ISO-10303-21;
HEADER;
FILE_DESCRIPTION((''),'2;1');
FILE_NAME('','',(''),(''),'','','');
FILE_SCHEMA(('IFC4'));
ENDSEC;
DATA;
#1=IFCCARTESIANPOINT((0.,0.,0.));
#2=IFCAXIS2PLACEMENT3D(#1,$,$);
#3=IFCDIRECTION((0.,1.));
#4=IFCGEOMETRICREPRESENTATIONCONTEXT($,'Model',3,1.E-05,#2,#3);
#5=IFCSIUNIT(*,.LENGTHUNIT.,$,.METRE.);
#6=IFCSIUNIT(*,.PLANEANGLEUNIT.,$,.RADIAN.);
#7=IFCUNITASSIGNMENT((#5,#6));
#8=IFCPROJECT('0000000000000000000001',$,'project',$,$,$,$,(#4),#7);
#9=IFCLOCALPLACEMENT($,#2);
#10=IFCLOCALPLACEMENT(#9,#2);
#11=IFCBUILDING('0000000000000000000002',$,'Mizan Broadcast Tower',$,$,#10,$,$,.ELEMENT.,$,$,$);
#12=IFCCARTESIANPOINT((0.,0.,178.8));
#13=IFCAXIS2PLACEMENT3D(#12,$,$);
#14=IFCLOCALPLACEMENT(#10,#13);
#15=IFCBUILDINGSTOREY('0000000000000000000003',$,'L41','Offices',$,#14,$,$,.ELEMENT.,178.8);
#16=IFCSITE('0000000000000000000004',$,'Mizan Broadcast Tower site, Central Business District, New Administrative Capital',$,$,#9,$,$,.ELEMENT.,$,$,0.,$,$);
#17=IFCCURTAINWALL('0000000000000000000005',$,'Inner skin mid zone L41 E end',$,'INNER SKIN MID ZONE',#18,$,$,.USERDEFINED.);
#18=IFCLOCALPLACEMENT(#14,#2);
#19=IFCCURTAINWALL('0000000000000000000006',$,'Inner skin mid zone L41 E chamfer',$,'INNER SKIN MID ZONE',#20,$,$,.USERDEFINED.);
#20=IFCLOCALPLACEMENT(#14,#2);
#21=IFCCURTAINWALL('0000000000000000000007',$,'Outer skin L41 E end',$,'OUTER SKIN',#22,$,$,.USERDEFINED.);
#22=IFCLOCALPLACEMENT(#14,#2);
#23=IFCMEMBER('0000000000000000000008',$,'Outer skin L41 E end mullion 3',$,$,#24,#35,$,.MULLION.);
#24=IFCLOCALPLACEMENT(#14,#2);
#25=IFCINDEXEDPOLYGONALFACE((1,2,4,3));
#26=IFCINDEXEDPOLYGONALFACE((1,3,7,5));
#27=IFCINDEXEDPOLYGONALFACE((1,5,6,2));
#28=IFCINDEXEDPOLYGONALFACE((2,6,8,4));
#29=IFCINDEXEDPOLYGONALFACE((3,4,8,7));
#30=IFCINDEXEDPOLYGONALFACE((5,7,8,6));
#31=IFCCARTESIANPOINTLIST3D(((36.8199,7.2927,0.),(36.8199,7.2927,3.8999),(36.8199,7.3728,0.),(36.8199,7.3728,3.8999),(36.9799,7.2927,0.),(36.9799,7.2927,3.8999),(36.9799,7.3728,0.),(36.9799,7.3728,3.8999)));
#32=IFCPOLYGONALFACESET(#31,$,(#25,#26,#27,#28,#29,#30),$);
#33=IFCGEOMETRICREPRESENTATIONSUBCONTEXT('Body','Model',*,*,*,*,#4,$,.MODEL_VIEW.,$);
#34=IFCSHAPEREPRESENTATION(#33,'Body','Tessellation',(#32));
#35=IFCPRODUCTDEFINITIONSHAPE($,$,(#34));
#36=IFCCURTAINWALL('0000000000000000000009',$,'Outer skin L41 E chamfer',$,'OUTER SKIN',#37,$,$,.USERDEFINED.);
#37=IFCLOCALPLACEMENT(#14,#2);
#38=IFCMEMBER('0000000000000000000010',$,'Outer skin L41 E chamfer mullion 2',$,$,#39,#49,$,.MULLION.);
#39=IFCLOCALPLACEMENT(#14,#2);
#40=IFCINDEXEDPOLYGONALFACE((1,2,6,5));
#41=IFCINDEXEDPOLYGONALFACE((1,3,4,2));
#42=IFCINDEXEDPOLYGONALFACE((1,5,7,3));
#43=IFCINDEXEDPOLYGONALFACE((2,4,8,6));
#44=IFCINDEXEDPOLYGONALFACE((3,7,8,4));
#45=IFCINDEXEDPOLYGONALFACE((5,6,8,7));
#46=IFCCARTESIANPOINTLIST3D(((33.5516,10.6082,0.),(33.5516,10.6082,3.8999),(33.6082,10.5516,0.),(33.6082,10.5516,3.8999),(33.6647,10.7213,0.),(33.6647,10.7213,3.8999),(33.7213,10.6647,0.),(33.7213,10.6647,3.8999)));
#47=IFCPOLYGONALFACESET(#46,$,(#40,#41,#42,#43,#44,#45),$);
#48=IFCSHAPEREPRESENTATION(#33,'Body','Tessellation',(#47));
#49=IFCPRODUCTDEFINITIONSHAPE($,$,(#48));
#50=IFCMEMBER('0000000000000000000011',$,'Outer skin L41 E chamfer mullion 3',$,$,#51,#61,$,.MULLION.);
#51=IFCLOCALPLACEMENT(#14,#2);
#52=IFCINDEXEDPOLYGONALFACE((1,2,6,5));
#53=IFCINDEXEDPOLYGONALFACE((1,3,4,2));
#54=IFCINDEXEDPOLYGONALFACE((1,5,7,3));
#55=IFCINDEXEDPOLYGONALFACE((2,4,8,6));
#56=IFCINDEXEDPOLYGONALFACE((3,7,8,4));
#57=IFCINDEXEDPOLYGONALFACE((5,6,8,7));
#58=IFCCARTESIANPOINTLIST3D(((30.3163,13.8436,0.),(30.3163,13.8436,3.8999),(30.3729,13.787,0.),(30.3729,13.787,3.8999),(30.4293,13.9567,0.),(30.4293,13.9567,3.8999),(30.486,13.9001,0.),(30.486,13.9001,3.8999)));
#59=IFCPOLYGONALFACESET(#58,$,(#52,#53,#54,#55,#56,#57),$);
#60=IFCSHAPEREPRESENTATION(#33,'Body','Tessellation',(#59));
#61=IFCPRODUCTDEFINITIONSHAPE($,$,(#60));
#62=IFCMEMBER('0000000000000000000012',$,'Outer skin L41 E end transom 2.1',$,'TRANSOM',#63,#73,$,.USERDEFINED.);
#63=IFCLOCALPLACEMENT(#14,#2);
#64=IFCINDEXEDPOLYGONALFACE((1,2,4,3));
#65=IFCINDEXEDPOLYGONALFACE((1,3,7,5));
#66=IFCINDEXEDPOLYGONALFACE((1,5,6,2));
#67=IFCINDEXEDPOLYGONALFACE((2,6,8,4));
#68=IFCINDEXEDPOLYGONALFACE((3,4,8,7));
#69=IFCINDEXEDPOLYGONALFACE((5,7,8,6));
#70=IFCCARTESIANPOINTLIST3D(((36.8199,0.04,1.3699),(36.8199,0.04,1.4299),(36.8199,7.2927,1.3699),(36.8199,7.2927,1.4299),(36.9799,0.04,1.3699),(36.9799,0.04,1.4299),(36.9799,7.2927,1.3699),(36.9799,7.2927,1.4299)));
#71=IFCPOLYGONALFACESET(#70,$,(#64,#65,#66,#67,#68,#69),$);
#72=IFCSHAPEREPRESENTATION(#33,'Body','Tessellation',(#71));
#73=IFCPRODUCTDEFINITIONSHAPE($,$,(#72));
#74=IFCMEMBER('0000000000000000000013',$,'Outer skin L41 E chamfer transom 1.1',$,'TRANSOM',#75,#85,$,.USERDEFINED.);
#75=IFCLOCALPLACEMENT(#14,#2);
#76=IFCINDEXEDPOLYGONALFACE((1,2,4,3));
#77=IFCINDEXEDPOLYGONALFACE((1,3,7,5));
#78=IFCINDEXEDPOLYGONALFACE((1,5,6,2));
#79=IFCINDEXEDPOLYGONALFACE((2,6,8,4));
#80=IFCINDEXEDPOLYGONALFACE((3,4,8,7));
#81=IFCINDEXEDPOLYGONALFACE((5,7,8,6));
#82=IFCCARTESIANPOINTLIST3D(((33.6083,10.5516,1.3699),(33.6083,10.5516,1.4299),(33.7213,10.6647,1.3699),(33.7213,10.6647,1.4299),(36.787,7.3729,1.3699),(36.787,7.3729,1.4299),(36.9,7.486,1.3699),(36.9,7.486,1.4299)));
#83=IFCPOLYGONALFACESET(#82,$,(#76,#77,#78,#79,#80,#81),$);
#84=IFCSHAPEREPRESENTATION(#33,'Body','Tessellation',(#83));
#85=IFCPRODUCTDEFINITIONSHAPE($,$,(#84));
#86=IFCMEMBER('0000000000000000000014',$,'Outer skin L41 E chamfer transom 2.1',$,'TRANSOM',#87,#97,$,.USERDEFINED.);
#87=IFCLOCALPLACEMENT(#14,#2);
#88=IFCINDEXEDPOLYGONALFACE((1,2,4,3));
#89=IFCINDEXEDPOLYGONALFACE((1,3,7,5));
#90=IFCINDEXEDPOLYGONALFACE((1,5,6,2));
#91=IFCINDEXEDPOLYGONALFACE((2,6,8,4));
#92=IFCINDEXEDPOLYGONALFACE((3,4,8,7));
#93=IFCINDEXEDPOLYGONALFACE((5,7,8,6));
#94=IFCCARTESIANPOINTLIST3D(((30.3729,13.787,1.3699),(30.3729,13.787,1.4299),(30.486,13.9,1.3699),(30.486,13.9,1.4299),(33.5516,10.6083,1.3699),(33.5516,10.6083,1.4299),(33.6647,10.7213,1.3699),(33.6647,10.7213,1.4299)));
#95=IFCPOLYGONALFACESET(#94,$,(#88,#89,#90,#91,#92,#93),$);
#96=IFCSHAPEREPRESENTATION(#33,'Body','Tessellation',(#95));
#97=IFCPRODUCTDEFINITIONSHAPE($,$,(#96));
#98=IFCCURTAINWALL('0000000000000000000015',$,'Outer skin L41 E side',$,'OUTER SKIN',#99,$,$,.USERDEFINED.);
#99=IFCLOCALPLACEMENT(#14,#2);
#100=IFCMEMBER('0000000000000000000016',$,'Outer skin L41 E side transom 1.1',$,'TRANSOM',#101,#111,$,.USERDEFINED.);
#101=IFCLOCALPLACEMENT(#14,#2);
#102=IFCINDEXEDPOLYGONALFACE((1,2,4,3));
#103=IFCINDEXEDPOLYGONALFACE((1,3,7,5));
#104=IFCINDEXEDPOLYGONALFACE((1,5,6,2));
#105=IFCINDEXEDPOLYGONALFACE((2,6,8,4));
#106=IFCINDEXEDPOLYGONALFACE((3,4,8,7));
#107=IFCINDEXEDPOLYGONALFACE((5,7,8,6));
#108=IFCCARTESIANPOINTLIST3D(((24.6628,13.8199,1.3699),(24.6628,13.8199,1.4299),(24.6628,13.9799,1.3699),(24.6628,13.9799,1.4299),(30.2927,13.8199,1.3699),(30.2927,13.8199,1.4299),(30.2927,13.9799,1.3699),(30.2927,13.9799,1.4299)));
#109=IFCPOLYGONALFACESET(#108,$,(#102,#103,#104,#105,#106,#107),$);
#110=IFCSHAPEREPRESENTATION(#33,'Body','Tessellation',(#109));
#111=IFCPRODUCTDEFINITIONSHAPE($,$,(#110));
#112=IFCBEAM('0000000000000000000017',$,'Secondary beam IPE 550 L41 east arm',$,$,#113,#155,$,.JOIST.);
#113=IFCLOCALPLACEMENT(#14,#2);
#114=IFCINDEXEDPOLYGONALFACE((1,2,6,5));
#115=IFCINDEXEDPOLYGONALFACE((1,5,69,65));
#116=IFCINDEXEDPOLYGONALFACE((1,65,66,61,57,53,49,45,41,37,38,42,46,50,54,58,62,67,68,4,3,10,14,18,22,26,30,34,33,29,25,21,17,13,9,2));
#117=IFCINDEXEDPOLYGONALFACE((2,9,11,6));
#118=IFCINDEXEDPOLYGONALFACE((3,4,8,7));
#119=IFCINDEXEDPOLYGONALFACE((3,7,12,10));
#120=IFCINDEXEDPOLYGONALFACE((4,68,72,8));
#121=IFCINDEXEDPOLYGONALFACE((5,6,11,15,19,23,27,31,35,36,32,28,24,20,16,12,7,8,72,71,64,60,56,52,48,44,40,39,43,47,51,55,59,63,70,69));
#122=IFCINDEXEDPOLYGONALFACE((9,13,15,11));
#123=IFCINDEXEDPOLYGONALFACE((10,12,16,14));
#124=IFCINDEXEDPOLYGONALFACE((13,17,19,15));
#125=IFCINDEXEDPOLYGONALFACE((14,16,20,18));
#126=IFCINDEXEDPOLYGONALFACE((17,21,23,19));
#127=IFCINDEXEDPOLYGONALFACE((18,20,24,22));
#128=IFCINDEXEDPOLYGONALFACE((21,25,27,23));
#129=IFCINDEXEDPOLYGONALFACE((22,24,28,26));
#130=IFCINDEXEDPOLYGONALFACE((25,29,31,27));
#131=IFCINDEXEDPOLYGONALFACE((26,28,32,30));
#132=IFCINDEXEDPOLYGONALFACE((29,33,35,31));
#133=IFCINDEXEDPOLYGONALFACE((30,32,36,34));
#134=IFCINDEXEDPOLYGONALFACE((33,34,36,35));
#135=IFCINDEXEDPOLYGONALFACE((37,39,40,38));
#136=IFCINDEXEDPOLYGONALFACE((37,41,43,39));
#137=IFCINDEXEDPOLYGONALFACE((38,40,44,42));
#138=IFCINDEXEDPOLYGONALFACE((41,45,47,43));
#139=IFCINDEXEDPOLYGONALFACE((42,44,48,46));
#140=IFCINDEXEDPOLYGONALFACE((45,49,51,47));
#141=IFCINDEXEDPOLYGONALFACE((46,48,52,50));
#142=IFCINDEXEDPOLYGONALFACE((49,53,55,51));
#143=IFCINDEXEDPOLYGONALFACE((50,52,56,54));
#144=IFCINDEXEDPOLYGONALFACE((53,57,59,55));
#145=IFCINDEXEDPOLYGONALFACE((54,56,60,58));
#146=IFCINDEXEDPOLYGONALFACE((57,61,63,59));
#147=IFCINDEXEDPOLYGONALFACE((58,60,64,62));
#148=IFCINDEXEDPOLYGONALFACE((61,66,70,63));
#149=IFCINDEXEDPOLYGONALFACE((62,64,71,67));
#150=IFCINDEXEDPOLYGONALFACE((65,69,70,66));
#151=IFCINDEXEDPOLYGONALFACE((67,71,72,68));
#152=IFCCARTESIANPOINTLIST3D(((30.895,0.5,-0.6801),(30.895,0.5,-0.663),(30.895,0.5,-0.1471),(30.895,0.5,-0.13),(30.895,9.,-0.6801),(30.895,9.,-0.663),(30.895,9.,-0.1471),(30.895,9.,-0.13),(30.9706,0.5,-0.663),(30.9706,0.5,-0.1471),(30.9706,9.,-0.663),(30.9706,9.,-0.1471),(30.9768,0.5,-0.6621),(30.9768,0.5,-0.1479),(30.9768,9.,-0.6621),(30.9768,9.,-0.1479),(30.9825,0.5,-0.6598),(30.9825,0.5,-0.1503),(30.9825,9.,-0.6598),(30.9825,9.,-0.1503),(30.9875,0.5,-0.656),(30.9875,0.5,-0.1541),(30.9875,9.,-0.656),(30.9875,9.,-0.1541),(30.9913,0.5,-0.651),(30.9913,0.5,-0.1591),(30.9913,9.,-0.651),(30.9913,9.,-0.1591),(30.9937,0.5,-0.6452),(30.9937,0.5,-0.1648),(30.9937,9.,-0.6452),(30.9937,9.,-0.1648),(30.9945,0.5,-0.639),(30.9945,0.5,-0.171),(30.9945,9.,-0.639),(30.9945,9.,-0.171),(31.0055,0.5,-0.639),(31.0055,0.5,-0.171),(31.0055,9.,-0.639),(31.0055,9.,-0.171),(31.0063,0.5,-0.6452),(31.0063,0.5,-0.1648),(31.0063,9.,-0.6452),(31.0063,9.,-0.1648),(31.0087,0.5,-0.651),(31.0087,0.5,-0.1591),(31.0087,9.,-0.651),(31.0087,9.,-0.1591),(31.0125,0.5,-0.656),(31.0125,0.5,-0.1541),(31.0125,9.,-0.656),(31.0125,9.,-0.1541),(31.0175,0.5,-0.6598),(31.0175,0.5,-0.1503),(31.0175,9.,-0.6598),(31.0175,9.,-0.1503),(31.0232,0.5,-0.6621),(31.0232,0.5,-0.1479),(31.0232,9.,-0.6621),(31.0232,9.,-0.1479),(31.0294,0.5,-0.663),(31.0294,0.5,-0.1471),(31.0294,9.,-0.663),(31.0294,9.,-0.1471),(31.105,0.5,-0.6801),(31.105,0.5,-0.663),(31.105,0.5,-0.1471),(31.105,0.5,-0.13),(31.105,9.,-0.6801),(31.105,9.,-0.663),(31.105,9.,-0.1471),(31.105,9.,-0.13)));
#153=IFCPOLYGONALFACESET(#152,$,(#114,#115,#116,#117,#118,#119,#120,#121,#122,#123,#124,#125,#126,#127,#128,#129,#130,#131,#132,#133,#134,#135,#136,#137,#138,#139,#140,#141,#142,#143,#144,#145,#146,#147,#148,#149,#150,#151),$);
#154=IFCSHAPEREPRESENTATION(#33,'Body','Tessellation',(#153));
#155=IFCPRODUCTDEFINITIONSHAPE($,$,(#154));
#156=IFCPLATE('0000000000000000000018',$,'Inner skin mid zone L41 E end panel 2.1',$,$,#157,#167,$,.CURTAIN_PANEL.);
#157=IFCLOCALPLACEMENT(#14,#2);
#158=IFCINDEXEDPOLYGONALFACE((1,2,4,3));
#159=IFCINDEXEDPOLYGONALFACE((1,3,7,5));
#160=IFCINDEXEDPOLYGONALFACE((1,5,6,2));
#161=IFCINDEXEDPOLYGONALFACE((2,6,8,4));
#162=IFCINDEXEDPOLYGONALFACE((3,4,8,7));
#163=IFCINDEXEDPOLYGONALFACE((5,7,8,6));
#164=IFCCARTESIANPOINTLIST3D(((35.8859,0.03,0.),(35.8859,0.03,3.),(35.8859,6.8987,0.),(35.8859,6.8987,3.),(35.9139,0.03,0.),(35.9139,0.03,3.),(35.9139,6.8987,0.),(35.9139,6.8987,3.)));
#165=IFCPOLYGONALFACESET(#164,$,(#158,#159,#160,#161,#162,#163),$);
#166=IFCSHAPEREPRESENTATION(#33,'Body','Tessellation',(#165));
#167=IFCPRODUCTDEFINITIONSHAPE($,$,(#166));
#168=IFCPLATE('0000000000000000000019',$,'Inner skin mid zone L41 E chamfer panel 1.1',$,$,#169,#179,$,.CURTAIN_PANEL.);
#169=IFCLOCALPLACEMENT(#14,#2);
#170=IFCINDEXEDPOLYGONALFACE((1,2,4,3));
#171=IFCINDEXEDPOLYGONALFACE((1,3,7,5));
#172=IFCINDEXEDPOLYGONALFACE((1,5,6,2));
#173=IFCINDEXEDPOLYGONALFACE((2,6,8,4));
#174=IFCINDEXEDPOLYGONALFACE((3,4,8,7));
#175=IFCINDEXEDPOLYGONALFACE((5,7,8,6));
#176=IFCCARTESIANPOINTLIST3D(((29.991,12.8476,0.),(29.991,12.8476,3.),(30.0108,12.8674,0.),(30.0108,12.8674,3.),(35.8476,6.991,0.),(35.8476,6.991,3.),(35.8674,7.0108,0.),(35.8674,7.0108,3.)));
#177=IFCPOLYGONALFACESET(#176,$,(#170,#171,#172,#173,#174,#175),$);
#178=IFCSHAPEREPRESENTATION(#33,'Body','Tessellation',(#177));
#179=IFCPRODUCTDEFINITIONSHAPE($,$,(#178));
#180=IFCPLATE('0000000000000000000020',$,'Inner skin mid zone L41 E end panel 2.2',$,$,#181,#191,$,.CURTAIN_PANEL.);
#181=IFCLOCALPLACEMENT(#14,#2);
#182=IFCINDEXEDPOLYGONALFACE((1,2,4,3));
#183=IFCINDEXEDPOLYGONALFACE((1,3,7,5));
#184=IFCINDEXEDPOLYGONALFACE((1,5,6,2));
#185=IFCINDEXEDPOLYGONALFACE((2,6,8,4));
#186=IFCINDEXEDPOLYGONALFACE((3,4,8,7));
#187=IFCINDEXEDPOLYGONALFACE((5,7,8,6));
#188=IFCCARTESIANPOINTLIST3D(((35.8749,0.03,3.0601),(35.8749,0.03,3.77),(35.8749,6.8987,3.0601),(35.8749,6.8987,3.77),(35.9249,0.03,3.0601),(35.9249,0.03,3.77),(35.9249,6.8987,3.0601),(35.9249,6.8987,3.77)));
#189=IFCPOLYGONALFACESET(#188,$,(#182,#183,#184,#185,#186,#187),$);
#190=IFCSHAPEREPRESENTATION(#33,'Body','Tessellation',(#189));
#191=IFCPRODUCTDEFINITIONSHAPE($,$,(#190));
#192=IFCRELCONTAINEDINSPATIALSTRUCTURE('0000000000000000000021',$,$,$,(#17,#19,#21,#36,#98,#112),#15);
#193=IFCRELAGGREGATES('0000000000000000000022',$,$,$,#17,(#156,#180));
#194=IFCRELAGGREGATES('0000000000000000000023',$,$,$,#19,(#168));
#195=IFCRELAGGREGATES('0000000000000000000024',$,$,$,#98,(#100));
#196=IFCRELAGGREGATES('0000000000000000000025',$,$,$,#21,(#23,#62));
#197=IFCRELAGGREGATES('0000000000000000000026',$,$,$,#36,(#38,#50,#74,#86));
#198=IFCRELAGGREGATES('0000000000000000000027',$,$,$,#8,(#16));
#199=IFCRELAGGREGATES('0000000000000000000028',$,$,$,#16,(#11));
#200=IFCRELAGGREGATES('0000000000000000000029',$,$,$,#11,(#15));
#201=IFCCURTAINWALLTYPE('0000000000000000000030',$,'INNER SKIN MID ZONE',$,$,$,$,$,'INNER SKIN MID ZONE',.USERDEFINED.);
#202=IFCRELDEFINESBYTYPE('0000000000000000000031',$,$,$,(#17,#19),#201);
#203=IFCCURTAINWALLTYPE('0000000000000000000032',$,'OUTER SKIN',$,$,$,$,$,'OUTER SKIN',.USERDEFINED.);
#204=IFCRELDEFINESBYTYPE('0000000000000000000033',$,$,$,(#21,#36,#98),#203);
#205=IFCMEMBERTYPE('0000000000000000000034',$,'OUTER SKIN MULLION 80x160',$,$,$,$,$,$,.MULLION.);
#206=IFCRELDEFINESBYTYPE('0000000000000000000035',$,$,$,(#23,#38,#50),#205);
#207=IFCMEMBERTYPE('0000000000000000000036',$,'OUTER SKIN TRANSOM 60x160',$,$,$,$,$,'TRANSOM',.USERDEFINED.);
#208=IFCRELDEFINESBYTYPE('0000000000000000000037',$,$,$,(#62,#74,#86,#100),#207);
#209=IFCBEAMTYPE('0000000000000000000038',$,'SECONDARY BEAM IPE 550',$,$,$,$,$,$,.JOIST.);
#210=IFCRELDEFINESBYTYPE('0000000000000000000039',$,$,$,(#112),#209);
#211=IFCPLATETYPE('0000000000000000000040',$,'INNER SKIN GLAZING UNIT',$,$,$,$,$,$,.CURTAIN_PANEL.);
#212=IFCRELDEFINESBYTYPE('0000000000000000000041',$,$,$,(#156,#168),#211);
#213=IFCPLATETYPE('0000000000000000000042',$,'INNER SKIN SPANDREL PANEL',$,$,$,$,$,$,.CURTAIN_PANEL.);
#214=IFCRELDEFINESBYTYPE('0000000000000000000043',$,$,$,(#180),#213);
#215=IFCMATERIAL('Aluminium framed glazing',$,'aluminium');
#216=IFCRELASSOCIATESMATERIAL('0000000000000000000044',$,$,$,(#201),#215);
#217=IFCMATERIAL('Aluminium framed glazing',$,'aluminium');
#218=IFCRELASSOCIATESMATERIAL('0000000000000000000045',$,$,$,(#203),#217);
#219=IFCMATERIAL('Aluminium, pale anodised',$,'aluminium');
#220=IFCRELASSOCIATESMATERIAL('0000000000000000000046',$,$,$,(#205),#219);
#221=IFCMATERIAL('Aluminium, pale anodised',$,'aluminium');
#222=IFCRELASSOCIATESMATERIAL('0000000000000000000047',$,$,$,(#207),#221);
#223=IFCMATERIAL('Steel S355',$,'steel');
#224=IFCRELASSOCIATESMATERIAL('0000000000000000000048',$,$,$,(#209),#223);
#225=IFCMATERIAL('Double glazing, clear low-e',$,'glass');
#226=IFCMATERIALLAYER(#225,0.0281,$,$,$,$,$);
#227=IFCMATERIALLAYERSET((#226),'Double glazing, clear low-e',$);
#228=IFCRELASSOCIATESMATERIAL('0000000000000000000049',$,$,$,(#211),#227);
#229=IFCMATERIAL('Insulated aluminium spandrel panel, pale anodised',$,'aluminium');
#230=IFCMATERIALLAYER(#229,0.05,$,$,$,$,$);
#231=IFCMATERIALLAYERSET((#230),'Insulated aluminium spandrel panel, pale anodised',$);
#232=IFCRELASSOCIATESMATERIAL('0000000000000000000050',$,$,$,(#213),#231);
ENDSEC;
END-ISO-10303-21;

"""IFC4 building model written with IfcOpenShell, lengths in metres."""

from ifc_helpers import new_model, si_unit, direction, frame, origin, origin_2d, place, context, subcontext, project, spatial, rectangle, i_section, extrude, material, layer, layer_set, material_profile, profile_set, type_object, element, aggregate, save


model = new_model("IFC4")

# Units and contexts
model_context = context("Model", 3, precision=1e-05, world=origin(), true_north=direction((0.0, 1.0)))
body_context = subcontext(model_context, "Body", "Model", "MODEL_VIEW")
ifc_project = project(units=[si_unit("LENGTHUNIT", "METRE"), si_unit("PLANEANGLEUNIT", "RADIAN")], contexts=[model_context])

# Site, building, storey
site_placement = place(None, origin())
site = spatial("IfcSite", under=ifc_project, at=site_placement, Name="Mizan Broadcast Tower site, Central Business District, New Administrative Capital", CompositionType="ELEMENT", RefElevation=0.0)
building_placement = place(site_placement, origin())
building = spatial("IfcBuilding", under=site, at=building_placement, Name="Mizan Broadcast Tower", CompositionType="ELEMENT")
storey_placement = place(building_placement, frame((0.0, 0.0, 178.8)))
storey = spatial("IfcBuildingStorey", under=building, at=storey_placement, Name="L41", Description="Offices", CompositionType="ELEMENT", Elevation=178.8)

# Curtain wall
ifc_material_1 = material(Name="Aluminium framed glazing", Category="aluminium")
curtain_wall_type_1 = type_object("IfcCurtainWallType", Name="INNER SKIN MID ZONE", ElementType="INNER SKIN MID ZONE", PredefinedType="USERDEFINED", material=ifc_material_1)
curtain_wall_1_placement = place(storey_placement, origin())
curtain_wall_1 = element("IfcCurtainWall", 1, at=curtain_wall_1_placement, inside=storey, type_object=curtain_wall_type_1, Name="Inner skin mid zone L41 E end", ObjectType="INNER SKIN MID ZONE", PredefinedType="USERDEFINED")

# Curtain wall
curtain_wall_2_placement = place(storey_placement, origin())
curtain_wall_2 = element("IfcCurtainWall", 2, at=curtain_wall_2_placement, inside=storey, type_object=curtain_wall_type_1, Name="Inner skin mid zone L41 E chamfer", ObjectType="INNER SKIN MID ZONE", PredefinedType="USERDEFINED")

# Curtain walls, members
ifc_material_2 = material(Name="Aluminium framed glazing", Category="aluminium")
curtain_wall_type_2 = type_object("IfcCurtainWallType", Name="OUTER SKIN", ElementType="OUTER SKIN", PredefinedType="USERDEFINED", material=ifc_material_2)
curtain_wall_3_placement = place(storey_placement, origin())
curtain_wall_3 = element("IfcCurtainWall", 3, at=curtain_wall_3_placement, inside=storey, type_object=curtain_wall_type_2, Name="Outer skin L41 E end", ObjectType="OUTER SKIN", PredefinedType="USERDEFINED")
ifc_material_3 = material(Name="Aluminium, pale anodised", Category="aluminium")
ifc_material_profile_1 = material_profile(ifc_material_3, rectangle(XDim=0.1599, YDim=0.0801, at=origin_2d()), Name="MULLION 160x80")
ifc_profile_set_1 = profile_set([ifc_material_profile_1], Name="Aluminium, pale anodised")
member_type_1 = type_object("IfcMemberType", Name="OUTER SKIN MULLION 80x160", PredefinedType="MULLION", material=ifc_profile_set_1)
member_1_placement = place(storey_placement, frame((36.8999, 7.3328, 0.0), z_axis=(0.0, 0.0, 1.0), x_axis=(-1.0, 0.0, 0.0)))
member_1 = element("IfcMember", 4, at=member_1_placement, type_object=member_type_1, Name="Outer skin L41 E end mullion 3", PredefinedType="MULLION", context=body_context, shape_type="SweptSolid", body=[
    extrude(rectangle(XDim=0.1599, YDim=0.0801, at=origin_2d()), origin(), (0.0, 0.0, 1.0), 3.8999),
])
curtain_wall_4_placement = place(storey_placement, origin())
curtain_wall_4 = element("IfcCurtainWall", 5, at=curtain_wall_4_placement, inside=storey, type_object=curtain_wall_type_2, Name="Outer skin L41 E chamfer", ObjectType="OUTER SKIN", PredefinedType="USERDEFINED")
member_2_placement = place(storey_placement, frame((33.6365, 10.6365, 0.0), z_axis=(0.0, 0.0, 1.0), x_axis=(-0.707107, -0.707107, 0.0)))
member_2 = element("IfcMember", 6, at=member_2_placement, type_object=member_type_1, Name="Outer skin L41 E chamfer mullion 2", PredefinedType="MULLION", context=body_context, shape_type="SweptSolid", body=[
    extrude(rectangle(XDim=0.1599, YDim=0.0801, at=origin_2d()), origin(), (0.0, 0.0, 1.0), 3.8999),
])
member_3_placement = place(storey_placement, frame((30.4011, 13.8718, 0.0), z_axis=(0.0, 0.0, 1.0), x_axis=(-0.707107, -0.707107, 0.0)))
member_3 = element("IfcMember", 7, at=member_3_placement, type_object=member_type_1, Name="Outer skin L41 E chamfer mullion 3", PredefinedType="MULLION", context=body_context, shape_type="SweptSolid", body=[
    extrude(rectangle(XDim=0.1599, YDim=0.0801, at=origin_2d()), origin(), (0.0, 0.0, 1.0), 3.8999),
])

# Members
ifc_material_4 = material(Name="Aluminium, pale anodised", Category="aluminium")
ifc_material_profile_2 = material_profile(ifc_material_4, rectangle(XDim=0.1599, YDim=0.0601, at=origin_2d()), Name="TRANSOM 160x60")
ifc_profile_set_2 = profile_set([ifc_material_profile_2], Name="Aluminium, pale anodised")
member_type_2 = type_object("IfcMemberType", Name="OUTER SKIN TRANSOM 60x160", ElementType="TRANSOM", PredefinedType="USERDEFINED", material=ifc_profile_set_2)
member_4_placement = place(storey_placement, frame((36.8999, 0.04, 1.3999), z_axis=(0.0, 1.0, 0.0), x_axis=(-1.0, 0.0, 0.0)))
member_4 = element("IfcMember", 8, at=member_4_placement, type_object=member_type_2, Name="Outer skin L41 E end transom 2.1", ObjectType="TRANSOM", PredefinedType="USERDEFINED", context=body_context, shape_type="SweptSolid", body=[
    extrude(rectangle(XDim=0.1599, YDim=0.0601, at=origin_2d()), origin(), (0.0, 0.0, 1.0), 7.2527),
])
member_5_placement = place(storey_placement, frame((36.8435, 7.4294, 1.3999), z_axis=(-0.707107, 0.707107, 0.0), x_axis=(-0.707107, -0.707107, 0.0)))
member_5 = element("IfcMember", 9, at=member_5_placement, type_object=member_type_2, Name="Outer skin L41 E chamfer transom 1.1", ObjectType="TRANSOM", PredefinedType="USERDEFINED", context=body_context, shape_type="SweptSolid", body=[
    extrude(rectangle(XDim=0.1599, YDim=0.0601, at=origin_2d()), origin(), (0.0, 0.0, 1.0), 4.4954),
])
member_6_placement = place(storey_placement, frame((33.6082, 10.6648, 1.3999), z_axis=(-0.707107, 0.707107, 0.0), x_axis=(-0.707107, -0.707107, 0.0)))
member_6 = element("IfcMember", 10, at=member_6_placement, type_object=member_type_2, Name="Outer skin L41 E chamfer transom 2.1", ObjectType="TRANSOM", PredefinedType="USERDEFINED", context=body_context, shape_type="SweptSolid", body=[
    extrude(rectangle(XDim=0.1599, YDim=0.0601, at=origin_2d()), origin(), (0.0, 0.0, 1.0), 4.4954),
])

# Curtain wall, member
curtain_wall_5_placement = place(storey_placement, origin())
curtain_wall_5 = element("IfcCurtainWall", 11, at=curtain_wall_5_placement, inside=storey, type_object=curtain_wall_type_2, Name="Outer skin L41 E side", ObjectType="OUTER SKIN", PredefinedType="USERDEFINED")
member_7_placement = place(storey_placement, frame((30.2927, 13.8999, 1.3999), z_axis=(-1.0, 0.0, 0.0), x_axis=(0.0, -1.0, 0.0)))
member_7 = element("IfcMember", 12, at=member_7_placement, type_object=member_type_2, Name="Outer skin L41 E side transom 1.1", ObjectType="TRANSOM", PredefinedType="USERDEFINED", context=body_context, shape_type="SweptSolid", body=[
    extrude(rectangle(XDim=0.1599, YDim=0.0601, at=origin_2d()), origin(), (0.0, 0.0, 1.0), 5.6299),
])

# Beam
ifc_material_5 = material(Name="Steel S355", Category="steel")
ifc_material_profile_3 = material_profile(ifc_material_5, i_section(OverallWidth=0.21, OverallDepth=0.55, WebThickness=0.011, FlangeThickness=0.0171, FilletRadius=0.0239, at=origin_2d()), Name="IPE 550")
ifc_profile_set_3 = profile_set([ifc_material_profile_3], Name="Steel S355")
beam_type_1 = type_object("IfcBeamType", Name="SECONDARY BEAM IPE 550", PredefinedType="JOIST", material=ifc_profile_set_3)
beam_1_placement = place(storey_placement, frame((31.0, 9.0, -0.405), z_axis=(0.0, -1.0, 0.0), x_axis=(1.0, 0.0, 0.0)))
element("IfcBeam", 13, at=beam_1_placement, inside=storey, type_object=beam_type_1, Name="Secondary beam IPE 550 L41 east arm", PredefinedType="JOIST", context=body_context, shape_type="SweptSolid", body=[
    extrude(i_section(OverallWidth=0.21, OverallDepth=0.55, WebThickness=0.011, FlangeThickness=0.0171, FilletRadius=0.0239, at=origin_2d()), origin(), (0.0, 0.0, 1.0), 8.5),
])

# Plates
ifc_material_6 = material(Name="Double glazing, clear low-e", Category="glass")
ifc_layer_1 = layer(ifc_material_6, 0.0281)
ifc_layer_set_1 = layer_set([ifc_layer_1], Name="Double glazing, clear low-e")
plate_type_1 = type_object("IfcPlateType", Name="INNER SKIN GLAZING UNIT", PredefinedType="CURTAIN_PANEL", material=ifc_layer_set_1)
plate_1_placement = place(storey_placement, frame((35.8999, 3.4644, 0.0), z_axis=(0.0, 0.0, 1.0), x_axis=(0.0, 1.0, 0.0)))
plate_1 = element("IfcPlate", 14, at=plate_1_placement, type_object=plate_type_1, Name="Inner skin mid zone L41 E end panel 2.1", PredefinedType="CURTAIN_PANEL", context=body_context, shape_type="SweptSolid", body=[
    extrude(rectangle(XDim=6.8687, YDim=0.0281, at=origin_2d()), origin(), (0.0, 0.0, 1.0), 3.0),
])
plate_2_placement = place(storey_placement, frame((32.9292, 9.9292, 0.0), z_axis=(0.0, 0.0, 1.0), x_axis=(-0.707107, 0.707107, 0.0)))
plate_2 = element("IfcPlate", 15, at=plate_2_placement, type_object=plate_type_1, Name="Inner skin mid zone L41 E chamfer panel 1.1", PredefinedType="CURTAIN_PANEL", context=body_context, shape_type="SweptSolid", body=[
    extrude(rectangle(XDim=8.2825, YDim=0.0281, at=origin_2d()), origin(), (0.0, 0.0, 1.0), 3.0),
])
ifc_material_7 = material(Name="Insulated aluminium spandrel panel, pale anodised", Category="aluminium")
ifc_layer_2 = layer(ifc_material_7, 0.05)
ifc_layer_set_2 = layer_set([ifc_layer_2], Name="Insulated aluminium spandrel panel, pale anodised")
plate_type_2 = type_object("IfcPlateType", Name="INNER SKIN SPANDREL PANEL", PredefinedType="CURTAIN_PANEL", material=ifc_layer_set_2)
plate_3_placement = place(storey_placement, frame((35.8999, 3.4644, 3.0601), z_axis=(0.0, 0.0, 1.0), x_axis=(0.0, 1.0, 0.0)))
plate_3 = element("IfcPlate", 16, at=plate_3_placement, type_object=plate_type_2, Name="Inner skin mid zone L41 E end panel 2.2", PredefinedType="CURTAIN_PANEL", context=body_context, shape_type="SweptSolid", body=[
    extrude(rectangle(XDim=6.8687, YDim=0.05, at=origin_2d()), origin(), (0.0, 0.0, 1.0), 0.71),
])
aggregate(curtain_wall_1, [plate_1, plate_3])
aggregate(curtain_wall_2, [plate_2])
aggregate(curtain_wall_5, [member_7])
aggregate(curtain_wall_3, [member_1, member_4])
aggregate(curtain_wall_4, [member_2, member_3, member_5, member_6])

save(model, "model.ifc")
